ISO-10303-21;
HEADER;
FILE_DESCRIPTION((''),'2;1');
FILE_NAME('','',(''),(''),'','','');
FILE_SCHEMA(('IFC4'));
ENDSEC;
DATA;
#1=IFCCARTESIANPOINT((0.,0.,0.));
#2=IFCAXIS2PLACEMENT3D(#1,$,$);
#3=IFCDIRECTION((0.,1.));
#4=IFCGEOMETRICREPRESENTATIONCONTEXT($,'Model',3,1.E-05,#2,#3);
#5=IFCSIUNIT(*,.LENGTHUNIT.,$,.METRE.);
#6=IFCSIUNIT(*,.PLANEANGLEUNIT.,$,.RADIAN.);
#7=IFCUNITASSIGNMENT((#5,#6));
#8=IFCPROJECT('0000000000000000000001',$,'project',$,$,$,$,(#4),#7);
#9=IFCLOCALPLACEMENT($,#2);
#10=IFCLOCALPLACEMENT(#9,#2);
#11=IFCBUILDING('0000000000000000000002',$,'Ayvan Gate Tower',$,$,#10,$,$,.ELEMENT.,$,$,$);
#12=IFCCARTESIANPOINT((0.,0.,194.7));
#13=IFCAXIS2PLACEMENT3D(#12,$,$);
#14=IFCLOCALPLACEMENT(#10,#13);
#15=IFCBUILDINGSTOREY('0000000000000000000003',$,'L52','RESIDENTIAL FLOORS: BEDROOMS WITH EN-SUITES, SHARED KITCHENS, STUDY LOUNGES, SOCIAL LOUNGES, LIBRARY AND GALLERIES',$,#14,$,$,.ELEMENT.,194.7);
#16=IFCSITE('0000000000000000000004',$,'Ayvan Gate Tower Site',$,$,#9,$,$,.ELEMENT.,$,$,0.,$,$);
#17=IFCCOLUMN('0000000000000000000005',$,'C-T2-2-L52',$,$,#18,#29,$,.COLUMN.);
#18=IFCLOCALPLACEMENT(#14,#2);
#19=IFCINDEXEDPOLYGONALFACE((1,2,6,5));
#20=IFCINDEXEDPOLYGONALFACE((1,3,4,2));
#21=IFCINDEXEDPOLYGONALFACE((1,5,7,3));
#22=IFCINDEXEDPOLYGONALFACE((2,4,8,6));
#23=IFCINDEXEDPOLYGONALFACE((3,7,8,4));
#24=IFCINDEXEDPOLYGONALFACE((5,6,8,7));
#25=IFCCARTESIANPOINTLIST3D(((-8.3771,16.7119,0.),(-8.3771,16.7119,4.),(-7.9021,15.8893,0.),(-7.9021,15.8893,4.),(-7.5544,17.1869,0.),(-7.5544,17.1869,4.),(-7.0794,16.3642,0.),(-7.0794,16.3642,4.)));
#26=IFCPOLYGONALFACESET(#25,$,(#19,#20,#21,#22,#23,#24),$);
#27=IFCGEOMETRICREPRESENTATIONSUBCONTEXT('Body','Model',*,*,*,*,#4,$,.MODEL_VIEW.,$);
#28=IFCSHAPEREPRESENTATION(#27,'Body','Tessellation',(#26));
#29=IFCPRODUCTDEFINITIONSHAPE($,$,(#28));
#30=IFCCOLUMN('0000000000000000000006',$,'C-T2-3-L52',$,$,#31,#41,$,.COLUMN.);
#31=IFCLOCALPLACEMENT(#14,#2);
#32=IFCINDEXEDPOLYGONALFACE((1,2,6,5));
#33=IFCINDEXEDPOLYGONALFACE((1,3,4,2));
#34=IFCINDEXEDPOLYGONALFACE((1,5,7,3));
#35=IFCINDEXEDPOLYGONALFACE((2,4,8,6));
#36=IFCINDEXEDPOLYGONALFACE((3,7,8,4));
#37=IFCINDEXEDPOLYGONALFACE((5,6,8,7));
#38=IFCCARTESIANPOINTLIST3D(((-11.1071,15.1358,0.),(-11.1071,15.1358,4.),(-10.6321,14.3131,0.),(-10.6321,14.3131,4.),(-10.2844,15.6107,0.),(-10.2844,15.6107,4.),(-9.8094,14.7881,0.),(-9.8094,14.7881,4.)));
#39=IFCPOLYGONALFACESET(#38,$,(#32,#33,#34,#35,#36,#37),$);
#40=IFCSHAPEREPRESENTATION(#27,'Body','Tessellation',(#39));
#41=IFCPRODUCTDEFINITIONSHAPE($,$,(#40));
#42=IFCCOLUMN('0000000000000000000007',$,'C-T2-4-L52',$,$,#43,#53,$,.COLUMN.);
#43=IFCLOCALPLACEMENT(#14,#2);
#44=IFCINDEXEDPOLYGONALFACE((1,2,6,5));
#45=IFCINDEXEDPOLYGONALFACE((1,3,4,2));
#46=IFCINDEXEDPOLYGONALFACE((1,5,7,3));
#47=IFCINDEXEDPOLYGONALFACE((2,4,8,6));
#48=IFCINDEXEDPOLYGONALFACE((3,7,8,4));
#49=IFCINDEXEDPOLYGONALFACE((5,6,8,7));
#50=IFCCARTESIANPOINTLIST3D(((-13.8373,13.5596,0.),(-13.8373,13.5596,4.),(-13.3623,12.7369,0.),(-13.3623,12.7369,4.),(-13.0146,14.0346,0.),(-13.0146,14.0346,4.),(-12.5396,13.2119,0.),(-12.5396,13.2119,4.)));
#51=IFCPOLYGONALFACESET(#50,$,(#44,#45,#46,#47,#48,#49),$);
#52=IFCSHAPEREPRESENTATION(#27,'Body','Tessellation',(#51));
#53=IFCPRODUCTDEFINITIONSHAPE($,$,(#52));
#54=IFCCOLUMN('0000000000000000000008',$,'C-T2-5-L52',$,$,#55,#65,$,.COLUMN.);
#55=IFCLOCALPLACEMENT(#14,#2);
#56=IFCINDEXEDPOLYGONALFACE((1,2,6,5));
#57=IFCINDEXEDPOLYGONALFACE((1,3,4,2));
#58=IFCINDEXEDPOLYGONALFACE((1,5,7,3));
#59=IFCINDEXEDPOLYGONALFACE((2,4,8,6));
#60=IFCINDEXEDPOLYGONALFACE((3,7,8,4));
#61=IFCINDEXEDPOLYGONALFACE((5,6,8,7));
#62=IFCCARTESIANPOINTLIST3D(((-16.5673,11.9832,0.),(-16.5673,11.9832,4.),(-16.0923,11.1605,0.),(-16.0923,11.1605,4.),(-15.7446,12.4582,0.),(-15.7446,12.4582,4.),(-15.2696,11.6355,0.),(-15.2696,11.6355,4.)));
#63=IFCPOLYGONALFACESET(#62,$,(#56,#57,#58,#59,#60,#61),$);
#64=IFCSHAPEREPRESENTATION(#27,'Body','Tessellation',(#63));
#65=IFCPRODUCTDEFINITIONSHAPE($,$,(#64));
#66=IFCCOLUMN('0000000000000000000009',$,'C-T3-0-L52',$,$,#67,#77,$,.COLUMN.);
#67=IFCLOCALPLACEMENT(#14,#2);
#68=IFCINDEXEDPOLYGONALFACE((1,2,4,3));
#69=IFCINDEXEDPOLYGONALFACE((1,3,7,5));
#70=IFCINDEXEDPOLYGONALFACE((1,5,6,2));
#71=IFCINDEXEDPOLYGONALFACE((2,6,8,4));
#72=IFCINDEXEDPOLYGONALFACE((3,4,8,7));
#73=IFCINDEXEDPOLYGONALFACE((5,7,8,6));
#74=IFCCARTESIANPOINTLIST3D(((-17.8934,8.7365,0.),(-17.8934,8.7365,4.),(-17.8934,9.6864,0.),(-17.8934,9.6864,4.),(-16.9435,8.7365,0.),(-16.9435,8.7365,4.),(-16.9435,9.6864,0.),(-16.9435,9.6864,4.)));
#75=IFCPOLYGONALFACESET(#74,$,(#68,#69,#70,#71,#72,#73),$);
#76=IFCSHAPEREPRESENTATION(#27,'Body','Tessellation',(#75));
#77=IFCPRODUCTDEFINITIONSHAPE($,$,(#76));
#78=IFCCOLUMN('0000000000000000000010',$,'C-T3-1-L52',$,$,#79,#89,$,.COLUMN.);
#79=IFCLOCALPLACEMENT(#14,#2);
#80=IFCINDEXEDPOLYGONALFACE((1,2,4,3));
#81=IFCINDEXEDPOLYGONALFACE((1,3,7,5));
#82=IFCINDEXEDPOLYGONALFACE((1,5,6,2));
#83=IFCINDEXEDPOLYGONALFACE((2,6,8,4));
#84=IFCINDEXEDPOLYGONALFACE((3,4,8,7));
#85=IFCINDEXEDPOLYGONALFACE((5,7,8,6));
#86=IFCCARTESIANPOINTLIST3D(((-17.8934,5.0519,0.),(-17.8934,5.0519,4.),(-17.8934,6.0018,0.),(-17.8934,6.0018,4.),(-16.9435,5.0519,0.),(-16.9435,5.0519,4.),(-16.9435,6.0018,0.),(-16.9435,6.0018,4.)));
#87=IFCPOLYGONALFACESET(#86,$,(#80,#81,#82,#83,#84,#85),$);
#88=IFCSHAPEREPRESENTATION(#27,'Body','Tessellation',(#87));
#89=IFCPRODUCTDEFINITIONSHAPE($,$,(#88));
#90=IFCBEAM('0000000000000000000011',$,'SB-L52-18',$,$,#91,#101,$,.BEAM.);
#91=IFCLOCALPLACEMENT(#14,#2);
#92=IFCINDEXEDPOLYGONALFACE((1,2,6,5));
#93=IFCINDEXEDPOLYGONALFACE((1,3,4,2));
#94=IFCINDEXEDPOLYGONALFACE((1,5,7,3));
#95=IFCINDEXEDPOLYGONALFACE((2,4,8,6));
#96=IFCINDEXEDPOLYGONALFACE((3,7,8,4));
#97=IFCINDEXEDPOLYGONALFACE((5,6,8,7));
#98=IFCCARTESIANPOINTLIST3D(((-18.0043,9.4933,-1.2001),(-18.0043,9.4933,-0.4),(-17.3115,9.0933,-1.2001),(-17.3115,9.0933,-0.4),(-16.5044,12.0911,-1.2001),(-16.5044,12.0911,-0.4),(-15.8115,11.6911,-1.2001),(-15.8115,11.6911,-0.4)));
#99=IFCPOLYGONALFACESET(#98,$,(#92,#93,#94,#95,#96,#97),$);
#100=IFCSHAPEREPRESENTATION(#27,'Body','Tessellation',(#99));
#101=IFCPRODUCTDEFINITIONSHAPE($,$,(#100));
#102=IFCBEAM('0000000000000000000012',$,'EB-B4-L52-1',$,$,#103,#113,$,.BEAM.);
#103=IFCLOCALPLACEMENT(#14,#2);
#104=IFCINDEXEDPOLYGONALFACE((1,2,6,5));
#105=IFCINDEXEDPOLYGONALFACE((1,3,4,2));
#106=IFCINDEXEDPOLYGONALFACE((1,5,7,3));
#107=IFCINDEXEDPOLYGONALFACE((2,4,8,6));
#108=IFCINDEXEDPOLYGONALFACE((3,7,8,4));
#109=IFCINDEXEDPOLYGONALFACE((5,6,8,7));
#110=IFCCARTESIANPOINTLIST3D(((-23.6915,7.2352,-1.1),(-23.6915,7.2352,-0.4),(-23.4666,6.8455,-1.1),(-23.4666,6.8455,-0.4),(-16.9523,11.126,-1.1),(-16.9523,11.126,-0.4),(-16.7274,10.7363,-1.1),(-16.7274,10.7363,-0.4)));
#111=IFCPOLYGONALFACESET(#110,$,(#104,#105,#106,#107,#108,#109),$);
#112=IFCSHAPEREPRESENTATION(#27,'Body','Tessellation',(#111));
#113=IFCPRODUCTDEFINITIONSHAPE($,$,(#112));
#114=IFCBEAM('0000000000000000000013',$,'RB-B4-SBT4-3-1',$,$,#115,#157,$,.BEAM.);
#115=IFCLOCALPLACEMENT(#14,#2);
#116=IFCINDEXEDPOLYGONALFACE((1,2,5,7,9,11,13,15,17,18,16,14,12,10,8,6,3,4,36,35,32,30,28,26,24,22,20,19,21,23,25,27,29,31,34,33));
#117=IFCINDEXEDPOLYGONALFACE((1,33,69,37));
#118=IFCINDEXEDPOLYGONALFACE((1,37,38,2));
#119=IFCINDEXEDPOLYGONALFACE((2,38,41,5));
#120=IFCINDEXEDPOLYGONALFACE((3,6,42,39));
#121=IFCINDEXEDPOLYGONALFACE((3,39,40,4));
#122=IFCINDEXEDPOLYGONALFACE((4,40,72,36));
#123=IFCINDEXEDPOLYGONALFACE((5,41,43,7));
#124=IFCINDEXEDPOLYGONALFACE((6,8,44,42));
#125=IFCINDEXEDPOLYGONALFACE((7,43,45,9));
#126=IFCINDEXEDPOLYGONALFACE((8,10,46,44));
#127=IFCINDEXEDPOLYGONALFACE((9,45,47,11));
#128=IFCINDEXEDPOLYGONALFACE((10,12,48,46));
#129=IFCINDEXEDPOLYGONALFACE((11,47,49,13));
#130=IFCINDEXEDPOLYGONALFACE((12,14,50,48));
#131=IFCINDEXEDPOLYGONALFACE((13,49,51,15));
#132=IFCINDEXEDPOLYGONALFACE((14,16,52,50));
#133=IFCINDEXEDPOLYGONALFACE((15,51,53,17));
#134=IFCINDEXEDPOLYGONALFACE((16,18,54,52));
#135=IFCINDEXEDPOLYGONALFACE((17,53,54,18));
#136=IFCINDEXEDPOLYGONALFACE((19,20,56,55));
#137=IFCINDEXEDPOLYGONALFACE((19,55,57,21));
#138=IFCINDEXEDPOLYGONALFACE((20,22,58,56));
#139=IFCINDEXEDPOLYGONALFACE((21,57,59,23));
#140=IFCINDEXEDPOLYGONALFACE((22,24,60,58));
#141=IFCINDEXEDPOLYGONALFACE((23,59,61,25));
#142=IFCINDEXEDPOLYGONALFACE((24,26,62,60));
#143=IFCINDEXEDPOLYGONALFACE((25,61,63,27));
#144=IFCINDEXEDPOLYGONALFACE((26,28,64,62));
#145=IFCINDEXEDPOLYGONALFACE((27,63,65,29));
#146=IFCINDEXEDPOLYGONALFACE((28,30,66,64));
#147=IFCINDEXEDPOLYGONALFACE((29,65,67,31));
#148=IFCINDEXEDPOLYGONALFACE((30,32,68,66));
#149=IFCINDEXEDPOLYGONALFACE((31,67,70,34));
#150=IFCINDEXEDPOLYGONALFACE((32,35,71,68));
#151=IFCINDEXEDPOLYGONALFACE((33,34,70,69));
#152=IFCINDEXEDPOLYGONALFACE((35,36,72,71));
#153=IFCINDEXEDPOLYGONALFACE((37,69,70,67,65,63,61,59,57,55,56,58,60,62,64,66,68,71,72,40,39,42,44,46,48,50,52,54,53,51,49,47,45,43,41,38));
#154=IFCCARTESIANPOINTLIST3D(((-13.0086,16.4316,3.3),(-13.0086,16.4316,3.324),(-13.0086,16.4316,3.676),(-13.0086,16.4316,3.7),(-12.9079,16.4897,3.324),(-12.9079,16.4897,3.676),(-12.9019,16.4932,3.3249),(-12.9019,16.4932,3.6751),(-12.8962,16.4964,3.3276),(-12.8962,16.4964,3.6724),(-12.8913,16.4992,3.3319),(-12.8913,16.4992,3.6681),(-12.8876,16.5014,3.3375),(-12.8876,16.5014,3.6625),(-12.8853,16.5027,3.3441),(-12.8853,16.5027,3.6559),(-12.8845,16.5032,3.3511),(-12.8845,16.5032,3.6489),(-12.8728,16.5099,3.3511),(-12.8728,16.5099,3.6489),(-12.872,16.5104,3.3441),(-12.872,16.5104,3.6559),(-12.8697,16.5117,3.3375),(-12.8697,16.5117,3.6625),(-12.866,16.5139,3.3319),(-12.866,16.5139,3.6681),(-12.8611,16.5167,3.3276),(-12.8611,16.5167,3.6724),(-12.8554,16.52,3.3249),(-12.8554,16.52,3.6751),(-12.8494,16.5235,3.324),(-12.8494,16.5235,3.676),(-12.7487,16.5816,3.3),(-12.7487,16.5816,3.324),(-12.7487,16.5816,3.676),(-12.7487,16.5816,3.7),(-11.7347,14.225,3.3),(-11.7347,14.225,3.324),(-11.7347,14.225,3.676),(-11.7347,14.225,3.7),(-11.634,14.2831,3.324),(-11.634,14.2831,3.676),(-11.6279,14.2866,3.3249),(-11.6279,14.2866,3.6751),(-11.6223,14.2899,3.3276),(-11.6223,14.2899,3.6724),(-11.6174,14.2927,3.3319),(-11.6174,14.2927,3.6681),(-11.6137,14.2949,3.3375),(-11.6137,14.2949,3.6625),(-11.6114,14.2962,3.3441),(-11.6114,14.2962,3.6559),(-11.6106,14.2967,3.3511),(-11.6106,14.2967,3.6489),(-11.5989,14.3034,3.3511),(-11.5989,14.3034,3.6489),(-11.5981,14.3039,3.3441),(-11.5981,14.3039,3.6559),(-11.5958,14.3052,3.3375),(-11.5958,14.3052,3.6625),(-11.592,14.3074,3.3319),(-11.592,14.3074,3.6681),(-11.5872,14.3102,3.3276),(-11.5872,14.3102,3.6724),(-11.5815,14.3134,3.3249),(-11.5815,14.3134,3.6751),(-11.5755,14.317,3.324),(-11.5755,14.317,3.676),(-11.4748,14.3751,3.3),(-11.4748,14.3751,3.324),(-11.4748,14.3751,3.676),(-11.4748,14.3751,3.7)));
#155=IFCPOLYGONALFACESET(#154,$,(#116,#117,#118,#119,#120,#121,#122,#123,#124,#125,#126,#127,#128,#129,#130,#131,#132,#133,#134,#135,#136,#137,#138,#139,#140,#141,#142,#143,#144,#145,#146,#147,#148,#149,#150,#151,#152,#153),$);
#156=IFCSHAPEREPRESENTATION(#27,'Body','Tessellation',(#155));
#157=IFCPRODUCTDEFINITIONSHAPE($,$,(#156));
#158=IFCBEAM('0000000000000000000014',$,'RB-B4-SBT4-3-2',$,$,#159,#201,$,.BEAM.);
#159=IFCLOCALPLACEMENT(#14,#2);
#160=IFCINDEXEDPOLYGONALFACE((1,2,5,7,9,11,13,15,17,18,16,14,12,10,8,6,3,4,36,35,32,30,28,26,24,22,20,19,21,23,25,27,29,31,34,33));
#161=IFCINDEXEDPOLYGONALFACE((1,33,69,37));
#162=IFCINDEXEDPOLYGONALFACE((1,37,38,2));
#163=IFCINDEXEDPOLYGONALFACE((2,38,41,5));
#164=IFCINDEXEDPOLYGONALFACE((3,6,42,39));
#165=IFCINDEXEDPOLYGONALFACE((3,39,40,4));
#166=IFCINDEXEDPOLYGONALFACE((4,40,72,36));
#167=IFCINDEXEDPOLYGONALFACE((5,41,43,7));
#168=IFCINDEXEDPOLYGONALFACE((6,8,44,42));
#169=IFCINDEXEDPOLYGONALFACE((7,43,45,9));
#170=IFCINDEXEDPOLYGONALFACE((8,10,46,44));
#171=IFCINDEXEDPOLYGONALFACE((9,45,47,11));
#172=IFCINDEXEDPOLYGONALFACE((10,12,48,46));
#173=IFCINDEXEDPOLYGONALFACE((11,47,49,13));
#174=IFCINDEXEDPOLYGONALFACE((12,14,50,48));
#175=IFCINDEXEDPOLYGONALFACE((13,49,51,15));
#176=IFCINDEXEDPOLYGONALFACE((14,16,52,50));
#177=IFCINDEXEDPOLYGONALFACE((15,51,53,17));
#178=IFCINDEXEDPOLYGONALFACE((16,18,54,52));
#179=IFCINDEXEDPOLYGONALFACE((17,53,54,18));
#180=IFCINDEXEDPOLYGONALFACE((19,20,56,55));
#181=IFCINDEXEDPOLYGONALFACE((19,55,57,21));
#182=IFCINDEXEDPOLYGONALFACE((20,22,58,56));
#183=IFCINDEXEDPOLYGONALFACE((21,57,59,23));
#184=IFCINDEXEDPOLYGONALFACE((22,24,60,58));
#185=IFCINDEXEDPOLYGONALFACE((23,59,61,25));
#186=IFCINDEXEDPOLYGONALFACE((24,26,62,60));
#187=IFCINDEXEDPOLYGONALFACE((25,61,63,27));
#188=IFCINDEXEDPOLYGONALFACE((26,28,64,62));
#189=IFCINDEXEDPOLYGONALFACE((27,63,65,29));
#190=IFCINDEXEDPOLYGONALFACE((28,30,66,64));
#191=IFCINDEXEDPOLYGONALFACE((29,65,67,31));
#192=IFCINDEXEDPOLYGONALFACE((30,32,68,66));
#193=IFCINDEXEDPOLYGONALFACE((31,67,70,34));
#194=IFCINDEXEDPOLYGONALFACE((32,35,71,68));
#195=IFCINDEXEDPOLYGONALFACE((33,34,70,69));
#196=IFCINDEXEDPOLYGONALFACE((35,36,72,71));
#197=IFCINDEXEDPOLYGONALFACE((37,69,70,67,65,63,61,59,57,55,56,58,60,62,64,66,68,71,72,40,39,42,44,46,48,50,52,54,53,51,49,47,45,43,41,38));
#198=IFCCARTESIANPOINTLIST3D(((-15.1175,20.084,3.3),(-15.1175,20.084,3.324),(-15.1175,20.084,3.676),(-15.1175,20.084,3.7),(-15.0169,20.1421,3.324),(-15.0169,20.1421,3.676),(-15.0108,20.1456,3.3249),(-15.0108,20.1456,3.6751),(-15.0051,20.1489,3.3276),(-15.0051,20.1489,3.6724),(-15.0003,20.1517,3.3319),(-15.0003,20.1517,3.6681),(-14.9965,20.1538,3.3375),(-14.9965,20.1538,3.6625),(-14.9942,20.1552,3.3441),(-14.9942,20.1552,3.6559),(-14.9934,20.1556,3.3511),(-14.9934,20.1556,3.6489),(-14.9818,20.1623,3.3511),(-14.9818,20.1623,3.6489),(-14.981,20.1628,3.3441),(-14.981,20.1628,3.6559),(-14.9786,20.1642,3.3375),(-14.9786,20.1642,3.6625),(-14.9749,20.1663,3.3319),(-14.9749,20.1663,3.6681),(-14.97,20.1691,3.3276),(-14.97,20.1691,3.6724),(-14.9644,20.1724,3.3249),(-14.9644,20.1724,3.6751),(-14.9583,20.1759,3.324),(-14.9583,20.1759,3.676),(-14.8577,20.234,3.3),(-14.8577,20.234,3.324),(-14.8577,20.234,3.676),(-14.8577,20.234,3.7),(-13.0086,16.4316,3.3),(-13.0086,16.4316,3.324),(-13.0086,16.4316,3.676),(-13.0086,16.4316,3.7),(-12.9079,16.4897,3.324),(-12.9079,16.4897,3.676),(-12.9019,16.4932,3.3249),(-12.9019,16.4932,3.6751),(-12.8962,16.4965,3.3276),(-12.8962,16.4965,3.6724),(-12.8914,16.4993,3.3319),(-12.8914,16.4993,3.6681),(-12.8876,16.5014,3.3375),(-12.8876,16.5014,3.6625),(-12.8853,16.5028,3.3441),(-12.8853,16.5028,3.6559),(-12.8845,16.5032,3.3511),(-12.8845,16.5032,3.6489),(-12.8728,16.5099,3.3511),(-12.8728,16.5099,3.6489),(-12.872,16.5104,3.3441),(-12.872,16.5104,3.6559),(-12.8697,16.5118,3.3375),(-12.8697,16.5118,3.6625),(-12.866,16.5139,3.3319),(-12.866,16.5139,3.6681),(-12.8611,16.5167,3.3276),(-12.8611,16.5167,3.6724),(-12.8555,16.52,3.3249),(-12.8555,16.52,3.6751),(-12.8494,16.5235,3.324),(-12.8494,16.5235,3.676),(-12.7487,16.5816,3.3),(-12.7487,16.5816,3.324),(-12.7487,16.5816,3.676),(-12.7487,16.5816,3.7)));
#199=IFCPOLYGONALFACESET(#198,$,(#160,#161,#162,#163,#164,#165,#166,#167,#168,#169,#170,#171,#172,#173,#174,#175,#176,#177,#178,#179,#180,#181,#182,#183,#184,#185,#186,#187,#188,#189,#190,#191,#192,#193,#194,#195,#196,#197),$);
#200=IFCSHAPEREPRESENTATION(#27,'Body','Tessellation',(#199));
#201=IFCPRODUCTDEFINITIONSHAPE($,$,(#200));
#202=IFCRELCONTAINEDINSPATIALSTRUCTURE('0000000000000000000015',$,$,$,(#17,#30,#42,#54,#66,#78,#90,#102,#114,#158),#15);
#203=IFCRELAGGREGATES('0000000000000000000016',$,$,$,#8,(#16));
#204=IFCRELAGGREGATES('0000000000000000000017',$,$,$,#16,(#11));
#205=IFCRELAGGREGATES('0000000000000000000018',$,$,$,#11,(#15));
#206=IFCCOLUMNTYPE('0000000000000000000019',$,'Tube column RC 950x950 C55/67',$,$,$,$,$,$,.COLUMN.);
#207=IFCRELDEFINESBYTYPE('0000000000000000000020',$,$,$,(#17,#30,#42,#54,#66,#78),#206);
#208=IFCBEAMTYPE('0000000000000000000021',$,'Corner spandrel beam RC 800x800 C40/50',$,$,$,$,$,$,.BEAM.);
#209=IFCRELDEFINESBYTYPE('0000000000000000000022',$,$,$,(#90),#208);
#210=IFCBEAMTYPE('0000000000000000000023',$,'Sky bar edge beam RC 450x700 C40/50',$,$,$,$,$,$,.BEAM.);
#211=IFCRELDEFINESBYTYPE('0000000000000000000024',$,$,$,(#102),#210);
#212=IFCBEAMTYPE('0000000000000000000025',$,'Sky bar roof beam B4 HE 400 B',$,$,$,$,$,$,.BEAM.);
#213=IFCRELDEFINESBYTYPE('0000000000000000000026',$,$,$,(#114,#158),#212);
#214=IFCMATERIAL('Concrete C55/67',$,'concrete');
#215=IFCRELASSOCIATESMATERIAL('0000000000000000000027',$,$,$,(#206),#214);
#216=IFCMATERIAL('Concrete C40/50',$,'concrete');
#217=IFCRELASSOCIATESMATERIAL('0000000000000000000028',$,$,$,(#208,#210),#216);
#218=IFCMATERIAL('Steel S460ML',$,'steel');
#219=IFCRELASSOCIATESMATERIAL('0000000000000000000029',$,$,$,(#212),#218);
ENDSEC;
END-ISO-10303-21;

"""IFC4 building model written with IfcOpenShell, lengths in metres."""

from ifc_helpers import new_model, si_unit, direction, frame, origin, origin_2d, place, context, subcontext, project, spatial, rectangle, i_section, extrude, material, material_profile, profile_set, type_object, element, save


model = new_model("IFC4")

# Units and contexts
model_context = context("Model", 3, precision=1e-05, world=origin(), true_north=direction((0.0, 1.0)))
body_context = subcontext(model_context, "Body", "Model", "MODEL_VIEW")
ifc_project = project(units=[si_unit("LENGTHUNIT", "METRE"), si_unit("PLANEANGLEUNIT", "RADIAN")], contexts=[model_context])

# Site, building, storey
site_placement = place(None, origin())
site = spatial("IfcSite", under=ifc_project, at=site_placement, Name="Ayvan Gate Tower Site", CompositionType="ELEMENT", RefElevation=0.0)
building_placement = place(site_placement, origin())
building = spatial("IfcBuilding", under=site, at=building_placement, Name="Ayvan Gate Tower", CompositionType="ELEMENT")
storey_placement = place(building_placement, frame((0.0, 0.0, 194.7)))
storey = spatial("IfcBuildingStorey", under=building, at=storey_placement, Name="L52", Description="RESIDENTIAL FLOORS: BEDROOMS WITH EN-SUITES, SHARED KITCHENS, STUDY LOUNGES, SOCIAL LOUNGES, LIBRARY AND GALLERIES", CompositionType="ELEMENT", Elevation=194.7)

# Columns
ifc_material_1 = material(Name="Concrete C55/67", Category="concrete")
ifc_material_profile_1 = material_profile(ifc_material_1, rectangle(XDim=0.95, YDim=0.95, at=origin_2d()), Name="RC 950x950")
ifc_profile_set_1 = profile_set([ifc_material_profile_1], Name="Concrete C55/67")
column_type = type_object("IfcColumnType", Name="Tube column RC 950x950 C55/67", PredefinedType="COLUMN", material=ifc_profile_set_1)
for number, where, z_axis, x_axis, name in (
    (1, (-7.7283, 16.5381, 0.0), (0.0, 0.0, 1.0), (-0.5, 0.866025, 0.0), "C-T2-2-L52"),
    (2, (-10.4583, 14.9619, 0.0), (0.0, 0.0, 1.0), (-0.5, 0.866025, 0.0), "C-T2-3-L52"),
    (3, (-13.1885, 13.3857, 0.0), (0.0, 0.0, 1.0), (-0.5, 0.866025, 0.0), "C-T2-4-L52"),
    (4, (-15.9185, 11.8093, 0.0), (0.0, 0.0, 1.0), (-0.5, 0.866025, 0.0), "C-T2-5-L52"),
    (5, (-17.4185, 9.2114, 0.0), (0.0, 0.0, 1.0), (-1.0, 0.0, 0.0), "C-T3-0-L52"),
    (6, (-17.4185, 5.5269, 0.0), (0.0, 0.0, 1.0), (-1.0, 0.0, 0.0), "C-T3-1-L52"),
):
    element("IfcColumn", number, at=place(storey_placement, frame(where, z_axis=z_axis, x_axis=x_axis)), inside=storey, type_object=column_type, Name=name, PredefinedType="COLUMN", context=body_context, shape_type="SweptSolid", body=[
        extrude(rectangle(XDim=0.95, YDim=0.95, at=origin_2d()), origin(), (0.0, 0.0, 1.0), 4.0),
    ])

# Beams
ifc_material_2 = material(Name="Concrete C40/50", Category="concrete")
ifc_material_profile_2 = material_profile(ifc_material_2, rectangle(XDim=0.8, YDim=0.8, at=origin_2d()), Name="RC 800x800")
ifc_profile_set_2 = profile_set([ifc_material_profile_2], Name="Concrete C40/50")
beam_type_1 = type_object("IfcBeamType", Name="Corner spandrel beam RC 800x800 C40/50", PredefinedType="BEAM", material=ifc_profile_set_2)
beam_1_placement = place(storey_placement, frame((-16.158, 11.8911, -0.8), z_axis=(-0.500025, -0.866011, 0.0), x_axis=(0.866011, -0.500025, 0.0)))
element("IfcBeam", 7, at=beam_1_placement, inside=storey, type_object=beam_type_1, Name="SB-L52-18", PredefinedType="BEAM", context=body_context, shape_type="SweptSolid", body=[
    extrude(rectangle(XDim=0.8, YDim=0.8, at=origin_2d()), origin(), (0.0, 0.0, 1.0), 2.9998),
])
ifc_material_profile_3 = material_profile(ifc_material_2, rectangle(XDim=0.45, YDim=0.7, at=origin_2d()), Name="RC 450x700")
ifc_profile_set_3 = profile_set([ifc_material_profile_3], Name="Concrete C40/50")
beam_type_2 = type_object("IfcBeamType", Name="Sky bar edge beam RC 450x700 C40/50", PredefinedType="BEAM", material=ifc_profile_set_3)
beam_2_placement = place(storey_placement, frame((-16.8398, 10.9312, -0.75), z_axis=(-0.866028, -0.499996, 0.0), x_axis=(0.499996, -0.866028, 0.0)))
element("IfcBeam", 8, at=beam_2_placement, inside=storey, type_object=beam_type_2, Name="EB-B4-L52-1", PredefinedType="BEAM", context=body_context, shape_type="SweptSolid", body=[
    extrude(rectangle(XDim=0.45, YDim=0.7, at=origin_2d()), origin(), (0.0, 0.0, 1.0), 7.7817),
])
ifc_material_3 = material(Name="Steel S460ML", Category="steel")
ifc_material_profile_4 = material_profile(ifc_material_3, i_section(OverallWidth=0.3, OverallDepth=0.3999, WebThickness=0.0134, FlangeThickness=0.0239, FilletRadius=0.0271, at=origin_2d()), Name="HE 400 B")
ifc_profile_set_4 = profile_set([ifc_material_profile_4], Name="Steel S460ML")
beam_type_3 = type_object("IfcBeamType", Name="Sky bar roof beam B4 HE 400 B", PredefinedType="BEAM", material=ifc_profile_set_4)
beam_3_placement = place(storey_placement, frame((-11.6047, 14.3, 3.5), z_axis=(-0.499993, 0.866029, 0.0), x_axis=(-0.866029, -0.499993, 0.0)))
element("IfcBeam", 9, at=beam_3_placement, inside=storey, type_object=beam_type_3, Name="RB-B4-SBT4-3-1", PredefinedType="BEAM", context=body_context, shape_type="SweptSolid", body=[
    extrude(i_section(OverallWidth=0.3, OverallDepth=0.3999, WebThickness=0.0134, FlangeThickness=0.0239, FilletRadius=0.0271, at=origin_2d()), origin(), (0.0, 0.0, 1.0), 2.5479),
])
beam_4_placement = place(storey_placement, frame((-12.8787, 16.5066, 3.5), z_axis=(-0.500036, 0.866004, 0.0), x_axis=(-0.866004, -0.500036, 0.0)))
element("IfcBeam", 10, at=beam_4_placement, inside=storey, type_object=beam_type_3, Name="RB-B4-SBT4-3-2", PredefinedType="BEAM", context=body_context, shape_type="SweptSolid", body=[
    extrude(i_section(OverallWidth=0.3, OverallDepth=0.3999, WebThickness=0.0134, FlangeThickness=0.0239, FilletRadius=0.0271, at=origin_2d()), origin(), (0.0, 0.0, 1.0), 4.2175),
])

save(model, "model.ifc")
